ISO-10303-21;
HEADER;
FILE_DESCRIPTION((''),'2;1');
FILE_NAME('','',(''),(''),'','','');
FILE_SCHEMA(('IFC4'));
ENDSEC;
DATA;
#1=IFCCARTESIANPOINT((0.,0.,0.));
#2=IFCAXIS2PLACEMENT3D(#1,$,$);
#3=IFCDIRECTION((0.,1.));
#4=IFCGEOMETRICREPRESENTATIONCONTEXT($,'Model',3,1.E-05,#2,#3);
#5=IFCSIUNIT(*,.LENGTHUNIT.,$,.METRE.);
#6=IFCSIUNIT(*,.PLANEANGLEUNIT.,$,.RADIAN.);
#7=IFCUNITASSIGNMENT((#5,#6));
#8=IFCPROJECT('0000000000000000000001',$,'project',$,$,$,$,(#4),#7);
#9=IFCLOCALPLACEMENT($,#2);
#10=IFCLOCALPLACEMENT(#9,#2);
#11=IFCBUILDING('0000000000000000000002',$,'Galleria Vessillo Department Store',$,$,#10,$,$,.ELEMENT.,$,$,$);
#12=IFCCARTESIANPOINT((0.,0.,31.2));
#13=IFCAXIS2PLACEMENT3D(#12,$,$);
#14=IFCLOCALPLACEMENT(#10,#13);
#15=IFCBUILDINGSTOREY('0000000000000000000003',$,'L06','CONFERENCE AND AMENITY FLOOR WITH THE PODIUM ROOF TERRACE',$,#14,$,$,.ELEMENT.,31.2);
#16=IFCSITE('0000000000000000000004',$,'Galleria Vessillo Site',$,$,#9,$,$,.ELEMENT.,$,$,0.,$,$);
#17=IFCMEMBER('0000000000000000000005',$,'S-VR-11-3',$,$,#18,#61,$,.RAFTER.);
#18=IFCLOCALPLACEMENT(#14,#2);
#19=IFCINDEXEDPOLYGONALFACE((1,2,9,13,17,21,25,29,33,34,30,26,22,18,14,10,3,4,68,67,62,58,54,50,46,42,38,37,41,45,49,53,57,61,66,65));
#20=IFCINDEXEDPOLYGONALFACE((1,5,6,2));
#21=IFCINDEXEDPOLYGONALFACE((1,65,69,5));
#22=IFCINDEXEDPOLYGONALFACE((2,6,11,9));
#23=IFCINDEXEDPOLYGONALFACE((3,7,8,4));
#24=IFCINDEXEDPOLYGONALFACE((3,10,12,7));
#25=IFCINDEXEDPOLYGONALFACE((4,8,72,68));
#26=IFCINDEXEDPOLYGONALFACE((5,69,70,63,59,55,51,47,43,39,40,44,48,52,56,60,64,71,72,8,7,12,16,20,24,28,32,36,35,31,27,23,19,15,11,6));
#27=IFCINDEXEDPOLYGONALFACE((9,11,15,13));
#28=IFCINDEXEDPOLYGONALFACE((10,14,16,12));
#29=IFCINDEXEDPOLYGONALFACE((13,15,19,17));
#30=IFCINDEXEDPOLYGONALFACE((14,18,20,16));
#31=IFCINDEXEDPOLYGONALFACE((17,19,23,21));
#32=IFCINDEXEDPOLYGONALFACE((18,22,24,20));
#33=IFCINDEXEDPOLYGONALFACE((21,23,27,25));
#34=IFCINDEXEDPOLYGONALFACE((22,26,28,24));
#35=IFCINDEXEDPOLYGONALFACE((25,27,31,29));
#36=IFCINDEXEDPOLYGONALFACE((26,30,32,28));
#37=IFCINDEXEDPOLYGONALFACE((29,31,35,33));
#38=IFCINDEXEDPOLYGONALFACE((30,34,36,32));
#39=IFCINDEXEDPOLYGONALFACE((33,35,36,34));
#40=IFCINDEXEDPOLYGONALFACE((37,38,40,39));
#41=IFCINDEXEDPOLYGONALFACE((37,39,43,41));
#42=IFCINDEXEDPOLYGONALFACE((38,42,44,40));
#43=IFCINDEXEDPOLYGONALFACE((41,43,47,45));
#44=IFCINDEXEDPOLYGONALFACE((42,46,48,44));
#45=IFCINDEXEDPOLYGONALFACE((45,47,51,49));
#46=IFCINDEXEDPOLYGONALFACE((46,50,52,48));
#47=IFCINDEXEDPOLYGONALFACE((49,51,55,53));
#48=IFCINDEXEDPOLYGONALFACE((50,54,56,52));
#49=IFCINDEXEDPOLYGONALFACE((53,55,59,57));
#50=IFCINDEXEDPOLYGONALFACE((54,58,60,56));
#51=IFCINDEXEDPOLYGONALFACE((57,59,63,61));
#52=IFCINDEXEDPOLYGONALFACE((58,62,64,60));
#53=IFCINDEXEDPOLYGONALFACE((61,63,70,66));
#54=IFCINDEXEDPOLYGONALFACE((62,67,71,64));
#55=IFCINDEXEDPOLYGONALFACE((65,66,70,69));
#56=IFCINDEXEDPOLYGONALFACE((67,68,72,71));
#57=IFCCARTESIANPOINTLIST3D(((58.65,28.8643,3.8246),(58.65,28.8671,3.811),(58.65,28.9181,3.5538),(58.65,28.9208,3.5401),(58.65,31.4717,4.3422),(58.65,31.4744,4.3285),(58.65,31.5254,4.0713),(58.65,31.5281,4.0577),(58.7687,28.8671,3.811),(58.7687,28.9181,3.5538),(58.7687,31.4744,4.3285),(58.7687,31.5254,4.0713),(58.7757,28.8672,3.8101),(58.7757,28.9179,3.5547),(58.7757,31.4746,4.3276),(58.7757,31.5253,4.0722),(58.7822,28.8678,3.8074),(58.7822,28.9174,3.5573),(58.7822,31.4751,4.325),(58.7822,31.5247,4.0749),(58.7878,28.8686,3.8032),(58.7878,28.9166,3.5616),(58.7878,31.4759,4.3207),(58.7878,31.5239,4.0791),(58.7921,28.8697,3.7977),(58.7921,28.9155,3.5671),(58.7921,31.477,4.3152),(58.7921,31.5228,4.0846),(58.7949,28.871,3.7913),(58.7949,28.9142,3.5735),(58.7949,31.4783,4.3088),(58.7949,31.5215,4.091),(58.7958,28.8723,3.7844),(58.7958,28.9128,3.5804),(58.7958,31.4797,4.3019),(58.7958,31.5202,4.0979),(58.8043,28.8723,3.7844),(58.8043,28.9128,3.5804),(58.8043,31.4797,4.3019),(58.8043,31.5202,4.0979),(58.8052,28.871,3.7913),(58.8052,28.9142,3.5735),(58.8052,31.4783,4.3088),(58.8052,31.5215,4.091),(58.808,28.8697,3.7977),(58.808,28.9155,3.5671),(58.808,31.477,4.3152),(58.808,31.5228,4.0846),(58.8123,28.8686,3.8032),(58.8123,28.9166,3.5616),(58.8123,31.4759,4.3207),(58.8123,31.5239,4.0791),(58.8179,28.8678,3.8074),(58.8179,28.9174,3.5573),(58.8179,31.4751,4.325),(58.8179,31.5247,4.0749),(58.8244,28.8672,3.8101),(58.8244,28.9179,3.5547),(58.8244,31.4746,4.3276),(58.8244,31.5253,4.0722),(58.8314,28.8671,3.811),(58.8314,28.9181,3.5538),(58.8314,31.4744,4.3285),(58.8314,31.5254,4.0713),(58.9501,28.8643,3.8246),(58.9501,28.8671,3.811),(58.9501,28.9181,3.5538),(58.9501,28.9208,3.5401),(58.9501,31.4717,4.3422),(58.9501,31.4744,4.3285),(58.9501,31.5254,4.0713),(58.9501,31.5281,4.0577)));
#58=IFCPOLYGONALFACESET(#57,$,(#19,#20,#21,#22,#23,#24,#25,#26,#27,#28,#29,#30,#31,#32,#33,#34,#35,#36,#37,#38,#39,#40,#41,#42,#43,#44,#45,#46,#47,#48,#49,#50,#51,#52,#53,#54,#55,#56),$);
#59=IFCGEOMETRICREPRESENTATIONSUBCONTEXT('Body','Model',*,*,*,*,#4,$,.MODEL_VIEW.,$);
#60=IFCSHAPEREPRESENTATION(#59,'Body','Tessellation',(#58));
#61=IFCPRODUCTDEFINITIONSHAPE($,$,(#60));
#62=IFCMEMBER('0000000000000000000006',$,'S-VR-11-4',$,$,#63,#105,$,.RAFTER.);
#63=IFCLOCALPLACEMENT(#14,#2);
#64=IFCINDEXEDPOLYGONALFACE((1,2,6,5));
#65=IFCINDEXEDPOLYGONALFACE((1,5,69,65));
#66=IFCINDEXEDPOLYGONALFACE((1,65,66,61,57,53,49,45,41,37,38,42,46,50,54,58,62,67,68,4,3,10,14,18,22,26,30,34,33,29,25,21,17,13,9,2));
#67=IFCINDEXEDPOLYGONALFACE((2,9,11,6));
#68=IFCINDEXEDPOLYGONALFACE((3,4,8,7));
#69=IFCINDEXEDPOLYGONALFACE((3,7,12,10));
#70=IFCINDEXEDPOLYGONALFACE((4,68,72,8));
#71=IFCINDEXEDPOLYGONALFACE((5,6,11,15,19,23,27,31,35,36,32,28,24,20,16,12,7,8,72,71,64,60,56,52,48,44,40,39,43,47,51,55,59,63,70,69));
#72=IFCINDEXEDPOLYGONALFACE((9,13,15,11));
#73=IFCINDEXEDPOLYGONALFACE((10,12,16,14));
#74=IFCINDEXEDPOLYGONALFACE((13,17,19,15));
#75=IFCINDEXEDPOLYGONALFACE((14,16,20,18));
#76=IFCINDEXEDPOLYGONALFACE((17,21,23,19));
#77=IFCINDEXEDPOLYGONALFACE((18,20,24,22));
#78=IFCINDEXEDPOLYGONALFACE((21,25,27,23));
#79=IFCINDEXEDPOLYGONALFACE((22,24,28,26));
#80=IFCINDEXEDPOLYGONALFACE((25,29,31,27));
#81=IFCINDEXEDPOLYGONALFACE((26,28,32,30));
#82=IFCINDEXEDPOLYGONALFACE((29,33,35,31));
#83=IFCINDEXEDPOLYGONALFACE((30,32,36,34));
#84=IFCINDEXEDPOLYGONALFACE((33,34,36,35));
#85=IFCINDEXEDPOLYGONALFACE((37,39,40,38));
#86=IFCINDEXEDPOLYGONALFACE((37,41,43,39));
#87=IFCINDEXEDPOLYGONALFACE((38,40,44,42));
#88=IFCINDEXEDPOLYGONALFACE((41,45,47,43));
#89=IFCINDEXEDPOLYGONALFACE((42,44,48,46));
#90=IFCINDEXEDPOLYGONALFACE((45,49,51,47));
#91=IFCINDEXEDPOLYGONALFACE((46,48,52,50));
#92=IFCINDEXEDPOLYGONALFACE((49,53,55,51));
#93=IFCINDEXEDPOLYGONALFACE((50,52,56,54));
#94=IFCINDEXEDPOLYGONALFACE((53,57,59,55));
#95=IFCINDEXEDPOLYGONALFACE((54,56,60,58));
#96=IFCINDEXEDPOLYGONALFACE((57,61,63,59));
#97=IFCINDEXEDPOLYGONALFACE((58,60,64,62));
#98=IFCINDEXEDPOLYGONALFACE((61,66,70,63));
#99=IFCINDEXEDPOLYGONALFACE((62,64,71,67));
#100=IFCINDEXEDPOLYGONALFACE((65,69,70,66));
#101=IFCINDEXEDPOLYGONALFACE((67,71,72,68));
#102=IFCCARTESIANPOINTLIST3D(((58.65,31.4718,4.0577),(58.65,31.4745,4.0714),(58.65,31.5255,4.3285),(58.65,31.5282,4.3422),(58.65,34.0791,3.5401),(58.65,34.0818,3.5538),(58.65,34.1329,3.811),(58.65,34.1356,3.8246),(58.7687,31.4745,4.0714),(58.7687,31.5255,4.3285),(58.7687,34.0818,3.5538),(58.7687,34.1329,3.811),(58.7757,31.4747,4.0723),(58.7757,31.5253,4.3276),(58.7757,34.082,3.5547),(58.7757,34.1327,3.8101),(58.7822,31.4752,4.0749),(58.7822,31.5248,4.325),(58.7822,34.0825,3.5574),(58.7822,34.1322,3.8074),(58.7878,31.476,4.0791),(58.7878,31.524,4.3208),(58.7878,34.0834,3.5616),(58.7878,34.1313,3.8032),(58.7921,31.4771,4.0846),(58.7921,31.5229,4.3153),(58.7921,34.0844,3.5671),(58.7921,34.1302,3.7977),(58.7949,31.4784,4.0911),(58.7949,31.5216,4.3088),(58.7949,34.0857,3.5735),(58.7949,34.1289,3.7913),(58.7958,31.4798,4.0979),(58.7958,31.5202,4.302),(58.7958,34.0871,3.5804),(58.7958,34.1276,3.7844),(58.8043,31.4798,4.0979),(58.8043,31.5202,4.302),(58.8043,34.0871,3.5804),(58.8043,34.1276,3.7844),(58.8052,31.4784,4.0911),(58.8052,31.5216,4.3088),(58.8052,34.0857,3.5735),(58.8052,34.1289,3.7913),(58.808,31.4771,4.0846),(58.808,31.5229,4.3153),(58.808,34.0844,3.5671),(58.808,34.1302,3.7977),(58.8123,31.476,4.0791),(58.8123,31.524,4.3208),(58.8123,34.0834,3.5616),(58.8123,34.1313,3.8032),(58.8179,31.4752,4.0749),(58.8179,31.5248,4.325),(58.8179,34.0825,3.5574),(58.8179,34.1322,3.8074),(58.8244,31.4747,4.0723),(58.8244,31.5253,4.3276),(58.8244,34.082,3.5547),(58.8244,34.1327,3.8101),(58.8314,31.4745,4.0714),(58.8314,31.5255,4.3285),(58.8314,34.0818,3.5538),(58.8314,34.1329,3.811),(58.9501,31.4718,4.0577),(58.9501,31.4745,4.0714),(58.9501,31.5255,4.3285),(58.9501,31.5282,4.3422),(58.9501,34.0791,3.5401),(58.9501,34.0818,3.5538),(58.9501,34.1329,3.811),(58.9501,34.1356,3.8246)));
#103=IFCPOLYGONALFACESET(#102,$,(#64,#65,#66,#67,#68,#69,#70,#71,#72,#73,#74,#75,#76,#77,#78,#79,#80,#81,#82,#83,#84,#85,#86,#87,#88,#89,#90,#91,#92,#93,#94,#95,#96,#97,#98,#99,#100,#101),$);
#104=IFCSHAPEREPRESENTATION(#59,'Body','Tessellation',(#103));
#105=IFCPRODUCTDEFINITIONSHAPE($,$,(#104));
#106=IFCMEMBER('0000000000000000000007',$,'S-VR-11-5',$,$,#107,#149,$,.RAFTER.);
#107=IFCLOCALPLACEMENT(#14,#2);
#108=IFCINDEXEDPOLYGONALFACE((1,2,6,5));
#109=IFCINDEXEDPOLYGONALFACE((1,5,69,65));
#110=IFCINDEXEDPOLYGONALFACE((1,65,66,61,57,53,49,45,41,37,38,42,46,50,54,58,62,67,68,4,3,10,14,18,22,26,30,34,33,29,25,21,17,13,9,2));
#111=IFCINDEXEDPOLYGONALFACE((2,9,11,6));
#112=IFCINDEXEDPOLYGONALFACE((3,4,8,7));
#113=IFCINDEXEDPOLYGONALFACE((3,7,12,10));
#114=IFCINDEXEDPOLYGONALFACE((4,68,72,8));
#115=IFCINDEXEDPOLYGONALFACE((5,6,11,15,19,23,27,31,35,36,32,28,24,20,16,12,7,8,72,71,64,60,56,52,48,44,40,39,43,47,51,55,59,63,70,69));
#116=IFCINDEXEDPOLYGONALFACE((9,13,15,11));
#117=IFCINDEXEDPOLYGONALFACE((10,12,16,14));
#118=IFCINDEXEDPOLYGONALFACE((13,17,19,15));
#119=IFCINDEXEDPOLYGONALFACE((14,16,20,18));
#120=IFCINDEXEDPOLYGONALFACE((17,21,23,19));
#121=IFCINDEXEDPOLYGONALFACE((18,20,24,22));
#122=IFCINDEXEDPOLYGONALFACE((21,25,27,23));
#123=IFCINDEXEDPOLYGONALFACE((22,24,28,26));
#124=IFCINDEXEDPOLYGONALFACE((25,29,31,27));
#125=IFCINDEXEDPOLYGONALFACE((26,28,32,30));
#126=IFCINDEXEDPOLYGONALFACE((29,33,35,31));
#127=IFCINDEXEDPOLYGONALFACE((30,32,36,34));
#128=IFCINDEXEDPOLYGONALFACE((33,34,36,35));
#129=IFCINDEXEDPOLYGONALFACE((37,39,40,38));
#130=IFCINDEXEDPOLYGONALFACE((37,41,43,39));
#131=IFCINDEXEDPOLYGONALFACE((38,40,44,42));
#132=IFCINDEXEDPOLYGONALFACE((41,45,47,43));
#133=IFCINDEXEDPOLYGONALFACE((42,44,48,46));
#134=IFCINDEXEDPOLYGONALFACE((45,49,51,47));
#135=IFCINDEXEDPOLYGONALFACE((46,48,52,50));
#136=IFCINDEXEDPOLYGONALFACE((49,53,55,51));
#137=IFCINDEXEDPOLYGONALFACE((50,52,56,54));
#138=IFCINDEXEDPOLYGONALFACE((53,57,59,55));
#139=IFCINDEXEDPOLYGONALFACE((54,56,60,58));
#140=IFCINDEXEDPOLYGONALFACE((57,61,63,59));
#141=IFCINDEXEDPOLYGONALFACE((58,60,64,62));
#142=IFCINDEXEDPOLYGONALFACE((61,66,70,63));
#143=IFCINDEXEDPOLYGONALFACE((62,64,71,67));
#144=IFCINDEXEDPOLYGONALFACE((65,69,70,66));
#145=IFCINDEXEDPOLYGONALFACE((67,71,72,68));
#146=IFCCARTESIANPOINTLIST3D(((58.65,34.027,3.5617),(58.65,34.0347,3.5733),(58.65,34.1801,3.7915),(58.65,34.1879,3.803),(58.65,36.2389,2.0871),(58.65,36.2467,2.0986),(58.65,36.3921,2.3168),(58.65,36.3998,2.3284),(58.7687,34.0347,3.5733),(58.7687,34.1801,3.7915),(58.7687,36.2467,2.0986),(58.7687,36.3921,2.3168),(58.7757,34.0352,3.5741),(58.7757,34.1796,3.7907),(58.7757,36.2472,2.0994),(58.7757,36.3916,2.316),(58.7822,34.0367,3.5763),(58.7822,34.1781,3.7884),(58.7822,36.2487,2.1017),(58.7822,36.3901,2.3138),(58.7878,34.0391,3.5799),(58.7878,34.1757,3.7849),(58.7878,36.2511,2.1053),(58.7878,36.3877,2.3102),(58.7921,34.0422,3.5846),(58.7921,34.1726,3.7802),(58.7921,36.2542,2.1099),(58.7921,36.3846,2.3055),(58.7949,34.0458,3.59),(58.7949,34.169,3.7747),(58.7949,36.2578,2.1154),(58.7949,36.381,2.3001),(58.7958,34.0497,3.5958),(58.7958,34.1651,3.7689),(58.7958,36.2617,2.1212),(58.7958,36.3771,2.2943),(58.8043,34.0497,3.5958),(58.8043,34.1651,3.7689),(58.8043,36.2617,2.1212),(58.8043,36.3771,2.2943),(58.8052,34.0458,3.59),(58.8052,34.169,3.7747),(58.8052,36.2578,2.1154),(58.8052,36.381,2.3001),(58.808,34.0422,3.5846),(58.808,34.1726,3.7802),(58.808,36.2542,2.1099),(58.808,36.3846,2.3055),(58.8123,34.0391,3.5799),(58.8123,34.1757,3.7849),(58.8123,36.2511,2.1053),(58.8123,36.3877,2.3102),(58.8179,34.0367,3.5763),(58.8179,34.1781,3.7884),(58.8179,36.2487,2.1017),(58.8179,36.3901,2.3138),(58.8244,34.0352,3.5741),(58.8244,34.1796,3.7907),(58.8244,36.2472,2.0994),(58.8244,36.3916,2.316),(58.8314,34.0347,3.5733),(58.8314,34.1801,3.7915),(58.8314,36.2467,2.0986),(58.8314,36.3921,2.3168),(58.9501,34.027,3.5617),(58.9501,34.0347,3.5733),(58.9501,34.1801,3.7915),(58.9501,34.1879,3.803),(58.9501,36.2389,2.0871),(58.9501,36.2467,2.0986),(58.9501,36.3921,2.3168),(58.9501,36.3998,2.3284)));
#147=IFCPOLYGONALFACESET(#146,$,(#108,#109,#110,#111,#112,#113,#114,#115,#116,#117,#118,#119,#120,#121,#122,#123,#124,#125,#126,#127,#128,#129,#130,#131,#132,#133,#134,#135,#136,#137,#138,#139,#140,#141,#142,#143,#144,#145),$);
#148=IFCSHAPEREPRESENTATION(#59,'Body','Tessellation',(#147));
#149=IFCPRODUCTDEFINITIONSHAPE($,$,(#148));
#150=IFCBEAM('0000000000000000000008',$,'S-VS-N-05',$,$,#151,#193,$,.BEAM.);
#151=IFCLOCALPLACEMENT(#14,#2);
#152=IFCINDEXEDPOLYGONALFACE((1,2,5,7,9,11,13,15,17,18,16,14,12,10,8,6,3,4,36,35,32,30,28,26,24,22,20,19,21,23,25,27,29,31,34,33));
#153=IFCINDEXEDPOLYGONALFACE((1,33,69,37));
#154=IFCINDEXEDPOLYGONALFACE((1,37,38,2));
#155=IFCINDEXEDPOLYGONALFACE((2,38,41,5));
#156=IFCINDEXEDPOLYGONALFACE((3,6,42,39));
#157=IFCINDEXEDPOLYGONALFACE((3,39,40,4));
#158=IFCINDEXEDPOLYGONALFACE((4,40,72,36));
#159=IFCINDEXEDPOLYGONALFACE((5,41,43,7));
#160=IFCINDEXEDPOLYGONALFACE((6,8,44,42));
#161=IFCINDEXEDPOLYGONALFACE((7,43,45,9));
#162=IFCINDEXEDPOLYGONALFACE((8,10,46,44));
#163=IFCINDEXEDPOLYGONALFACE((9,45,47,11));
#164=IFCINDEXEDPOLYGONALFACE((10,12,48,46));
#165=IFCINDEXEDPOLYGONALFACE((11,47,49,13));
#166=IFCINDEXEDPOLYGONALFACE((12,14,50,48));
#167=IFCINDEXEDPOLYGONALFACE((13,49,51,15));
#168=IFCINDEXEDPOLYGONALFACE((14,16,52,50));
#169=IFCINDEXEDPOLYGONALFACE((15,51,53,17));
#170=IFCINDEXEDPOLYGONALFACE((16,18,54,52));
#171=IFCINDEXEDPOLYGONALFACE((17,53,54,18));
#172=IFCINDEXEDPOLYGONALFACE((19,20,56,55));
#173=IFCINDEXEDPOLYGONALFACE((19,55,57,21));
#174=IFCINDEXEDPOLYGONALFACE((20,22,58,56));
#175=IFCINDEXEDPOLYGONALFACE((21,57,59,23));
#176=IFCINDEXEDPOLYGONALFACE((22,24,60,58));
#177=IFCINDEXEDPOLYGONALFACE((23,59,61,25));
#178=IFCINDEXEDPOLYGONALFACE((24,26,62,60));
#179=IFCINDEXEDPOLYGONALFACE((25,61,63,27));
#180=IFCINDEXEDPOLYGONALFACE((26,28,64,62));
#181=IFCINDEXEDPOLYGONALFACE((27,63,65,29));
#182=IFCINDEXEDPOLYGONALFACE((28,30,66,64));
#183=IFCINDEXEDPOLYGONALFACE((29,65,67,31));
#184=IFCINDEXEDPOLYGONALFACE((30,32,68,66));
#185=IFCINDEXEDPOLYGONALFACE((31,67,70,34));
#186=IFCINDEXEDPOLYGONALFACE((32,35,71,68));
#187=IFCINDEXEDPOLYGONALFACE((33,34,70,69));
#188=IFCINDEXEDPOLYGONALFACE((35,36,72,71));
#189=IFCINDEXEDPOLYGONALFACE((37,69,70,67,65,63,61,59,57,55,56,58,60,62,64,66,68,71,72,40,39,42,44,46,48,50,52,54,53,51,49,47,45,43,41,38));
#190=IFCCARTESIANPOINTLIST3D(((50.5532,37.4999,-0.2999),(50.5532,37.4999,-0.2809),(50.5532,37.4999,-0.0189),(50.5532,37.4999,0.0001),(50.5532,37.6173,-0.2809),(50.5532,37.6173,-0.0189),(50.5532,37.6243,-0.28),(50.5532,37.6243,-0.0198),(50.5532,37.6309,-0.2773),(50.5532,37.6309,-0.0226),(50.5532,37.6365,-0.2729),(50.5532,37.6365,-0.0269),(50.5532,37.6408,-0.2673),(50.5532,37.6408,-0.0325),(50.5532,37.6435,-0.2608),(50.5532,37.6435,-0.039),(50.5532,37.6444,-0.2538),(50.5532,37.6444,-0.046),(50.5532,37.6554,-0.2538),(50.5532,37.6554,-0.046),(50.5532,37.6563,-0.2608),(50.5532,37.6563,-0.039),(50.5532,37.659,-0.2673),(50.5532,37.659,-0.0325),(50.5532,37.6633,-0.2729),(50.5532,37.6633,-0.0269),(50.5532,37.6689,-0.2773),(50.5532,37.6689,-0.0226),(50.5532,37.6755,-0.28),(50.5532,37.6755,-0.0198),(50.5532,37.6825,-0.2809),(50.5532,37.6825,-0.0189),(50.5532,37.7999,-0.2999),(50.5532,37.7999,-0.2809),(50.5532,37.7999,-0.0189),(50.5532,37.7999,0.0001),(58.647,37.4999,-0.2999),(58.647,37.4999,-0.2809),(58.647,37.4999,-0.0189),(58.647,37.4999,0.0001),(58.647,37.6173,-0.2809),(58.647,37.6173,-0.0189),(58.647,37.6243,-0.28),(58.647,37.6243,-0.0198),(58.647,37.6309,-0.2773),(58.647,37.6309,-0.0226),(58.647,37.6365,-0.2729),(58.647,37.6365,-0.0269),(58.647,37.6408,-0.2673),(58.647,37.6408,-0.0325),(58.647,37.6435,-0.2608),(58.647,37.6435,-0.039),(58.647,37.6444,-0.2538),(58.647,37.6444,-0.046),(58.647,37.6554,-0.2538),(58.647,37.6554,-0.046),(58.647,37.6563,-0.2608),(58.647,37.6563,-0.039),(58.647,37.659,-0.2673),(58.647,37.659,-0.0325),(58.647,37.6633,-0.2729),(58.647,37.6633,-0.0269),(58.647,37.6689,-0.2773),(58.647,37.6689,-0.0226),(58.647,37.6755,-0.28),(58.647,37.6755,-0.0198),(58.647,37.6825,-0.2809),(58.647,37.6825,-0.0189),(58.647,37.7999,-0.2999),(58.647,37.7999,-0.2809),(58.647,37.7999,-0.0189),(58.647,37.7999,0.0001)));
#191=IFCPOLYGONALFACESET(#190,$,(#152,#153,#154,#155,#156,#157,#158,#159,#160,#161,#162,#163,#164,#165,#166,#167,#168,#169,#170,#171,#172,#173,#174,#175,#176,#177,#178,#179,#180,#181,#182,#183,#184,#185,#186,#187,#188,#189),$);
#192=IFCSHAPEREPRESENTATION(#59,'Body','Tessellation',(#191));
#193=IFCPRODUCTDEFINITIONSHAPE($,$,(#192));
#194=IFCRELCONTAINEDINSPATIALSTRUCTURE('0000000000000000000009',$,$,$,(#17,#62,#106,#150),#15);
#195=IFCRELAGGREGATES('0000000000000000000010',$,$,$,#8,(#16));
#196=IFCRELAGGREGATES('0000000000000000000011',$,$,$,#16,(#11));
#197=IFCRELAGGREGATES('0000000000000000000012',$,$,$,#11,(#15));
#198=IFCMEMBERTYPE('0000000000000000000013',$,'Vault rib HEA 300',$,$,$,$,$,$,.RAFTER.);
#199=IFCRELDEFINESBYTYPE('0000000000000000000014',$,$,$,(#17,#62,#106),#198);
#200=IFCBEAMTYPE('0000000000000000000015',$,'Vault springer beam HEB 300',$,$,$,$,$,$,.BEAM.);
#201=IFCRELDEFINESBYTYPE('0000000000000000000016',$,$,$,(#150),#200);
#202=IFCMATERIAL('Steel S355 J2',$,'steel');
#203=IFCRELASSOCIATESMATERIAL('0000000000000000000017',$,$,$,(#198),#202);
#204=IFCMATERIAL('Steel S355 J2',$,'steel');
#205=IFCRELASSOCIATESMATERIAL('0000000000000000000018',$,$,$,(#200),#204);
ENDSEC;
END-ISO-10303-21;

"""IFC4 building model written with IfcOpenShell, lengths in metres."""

from ifc_helpers import new_model, si_unit, direction, frame, origin, origin_2d, place, context, subcontext, project, spatial, i_section, extrude, material, material_profile, profile_set, type_object, element, save


model = new_model("IFC4")

# Units and contexts
model_context = context("Model", 3, precision=1e-05, world=origin(), true_north=direction((0.0, 1.0)))
body_context = subcontext(model_context, "Body", "Model", "MODEL_VIEW")
ifc_project = project(units=[si_unit("LENGTHUNIT", "METRE"), si_unit("PLANEANGLEUNIT", "RADIAN")], contexts=[model_context])

# Site, building, storey
site_placement = place(None, origin())
site = spatial("IfcSite", under=ifc_project, at=site_placement, Name="Galleria Vessillo Site", CompositionType="ELEMENT", RefElevation=0.0)
building_placement = place(site_placement, origin())
building = spatial("IfcBuilding", under=site, at=building_placement, Name="Galleria Vessillo Department Store", CompositionType="ELEMENT")
storey_placement = place(building_placement, frame((0.0, 0.0, 31.2)))
storey = spatial("IfcBuildingStorey", under=building, at=storey_placement, Name="L06", Description="CONFERENCE AND AMENITY FLOOR WITH THE PODIUM ROOF TERRACE", CompositionType="ELEMENT", Elevation=31.2)

# Members
ifc_material_1 = material(Name="Steel S355 J2", Category="steel")
ifc_material_profile_1 = material_profile(ifc_material_1, i_section(OverallWidth=0.3, OverallDepth=0.29, WebThickness=0.0085, FlangeThickness=0.0139, FilletRadius=0.0271, at=origin_2d()), Name="HEA 300")
ifc_profile_set_1 = profile_set([ifc_material_profile_1], Name="Steel S355 J2")
member_type_1 = type_object("IfcMemberType", Name="Vault rib HEA 300", PredefinedType="RAFTER", material=ifc_profile_set_1)
for number, where, z_axis, x_axis, name in (
    (1, (58.8, 28.8926, 3.6824), (0.0, 0.980862, 0.194703), (-1.0, 0.0, 0.0), "S-VR-11-3"),
    (2, (58.8, 31.5, 4.2), (0.0, 0.980862, -0.194703), (-1.0, 0.0, 0.0), "S-VR-11-4"),
):
    element("IfcMember", number, at=place(storey_placement, frame(where, z_axis=z_axis, x_axis=x_axis)), inside=storey, type_object=member_type_1, Name=name, PredefinedType="RAFTER", context=body_context, shape_type="SweptSolid", body=[
        extrude(i_section(OverallWidth=0.3, OverallDepth=0.29, WebThickness=0.0085, FlangeThickness=0.0139, FilletRadius=0.0271, at=origin_2d()), origin(), (0.0, 0.0, 1.0), 2.6582),
    ])
member_1_placement = place(storey_placement, frame((58.8, 34.1074, 3.6824), z_axis=(0.0, 0.83205, -0.5547), x_axis=(-1.0, 0.0, 0.0)))
element("IfcMember", 3, at=member_1_placement, inside=storey, type_object=member_type_1, Name="S-VR-11-5", PredefinedType="RAFTER", context=body_context, shape_type="SweptSolid", body=[
    extrude(i_section(OverallWidth=0.3, OverallDepth=0.29, WebThickness=0.0085, FlangeThickness=0.0139, FilletRadius=0.0271, at=origin_2d()), origin(), (0.0, 0.0, 1.0), 2.6584),
])

# Beam
ifc_material_2 = material(Name="Steel S355 J2", Category="steel")
ifc_material_profile_2 = material_profile(ifc_material_2, i_section(OverallWidth=0.3, OverallDepth=0.3, WebThickness=0.011, FlangeThickness=0.019, FilletRadius=0.0271, at=origin_2d()), Name="HEB 300")
ifc_profile_set_2 = profile_set([ifc_material_profile_2], Name="Steel S355 J2")
beam_type_1 = type_object("IfcBeamType", Name="Vault springer beam HEB 300", PredefinedType="BEAM", material=ifc_profile_set_2)
beam_1_placement = place(storey_placement, frame((50.5532, 37.6499, -0.1499), z_axis=(1.0, 0.0, 0.0), x_axis=(0.0, 1.0, 0.0)))
element("IfcBeam", 4, at=beam_1_placement, inside=storey, type_object=beam_type_1, Name="S-VS-N-05", PredefinedType="BEAM", context=body_context, shape_type="SweptSolid", body=[
    extrude(i_section(OverallWidth=0.3, OverallDepth=0.3, WebThickness=0.011, FlangeThickness=0.019, FilletRadius=0.0271, at=origin_2d()), origin(), (0.0, 0.0, 1.0), 8.0938),
])

save(model, "model.ifc")
